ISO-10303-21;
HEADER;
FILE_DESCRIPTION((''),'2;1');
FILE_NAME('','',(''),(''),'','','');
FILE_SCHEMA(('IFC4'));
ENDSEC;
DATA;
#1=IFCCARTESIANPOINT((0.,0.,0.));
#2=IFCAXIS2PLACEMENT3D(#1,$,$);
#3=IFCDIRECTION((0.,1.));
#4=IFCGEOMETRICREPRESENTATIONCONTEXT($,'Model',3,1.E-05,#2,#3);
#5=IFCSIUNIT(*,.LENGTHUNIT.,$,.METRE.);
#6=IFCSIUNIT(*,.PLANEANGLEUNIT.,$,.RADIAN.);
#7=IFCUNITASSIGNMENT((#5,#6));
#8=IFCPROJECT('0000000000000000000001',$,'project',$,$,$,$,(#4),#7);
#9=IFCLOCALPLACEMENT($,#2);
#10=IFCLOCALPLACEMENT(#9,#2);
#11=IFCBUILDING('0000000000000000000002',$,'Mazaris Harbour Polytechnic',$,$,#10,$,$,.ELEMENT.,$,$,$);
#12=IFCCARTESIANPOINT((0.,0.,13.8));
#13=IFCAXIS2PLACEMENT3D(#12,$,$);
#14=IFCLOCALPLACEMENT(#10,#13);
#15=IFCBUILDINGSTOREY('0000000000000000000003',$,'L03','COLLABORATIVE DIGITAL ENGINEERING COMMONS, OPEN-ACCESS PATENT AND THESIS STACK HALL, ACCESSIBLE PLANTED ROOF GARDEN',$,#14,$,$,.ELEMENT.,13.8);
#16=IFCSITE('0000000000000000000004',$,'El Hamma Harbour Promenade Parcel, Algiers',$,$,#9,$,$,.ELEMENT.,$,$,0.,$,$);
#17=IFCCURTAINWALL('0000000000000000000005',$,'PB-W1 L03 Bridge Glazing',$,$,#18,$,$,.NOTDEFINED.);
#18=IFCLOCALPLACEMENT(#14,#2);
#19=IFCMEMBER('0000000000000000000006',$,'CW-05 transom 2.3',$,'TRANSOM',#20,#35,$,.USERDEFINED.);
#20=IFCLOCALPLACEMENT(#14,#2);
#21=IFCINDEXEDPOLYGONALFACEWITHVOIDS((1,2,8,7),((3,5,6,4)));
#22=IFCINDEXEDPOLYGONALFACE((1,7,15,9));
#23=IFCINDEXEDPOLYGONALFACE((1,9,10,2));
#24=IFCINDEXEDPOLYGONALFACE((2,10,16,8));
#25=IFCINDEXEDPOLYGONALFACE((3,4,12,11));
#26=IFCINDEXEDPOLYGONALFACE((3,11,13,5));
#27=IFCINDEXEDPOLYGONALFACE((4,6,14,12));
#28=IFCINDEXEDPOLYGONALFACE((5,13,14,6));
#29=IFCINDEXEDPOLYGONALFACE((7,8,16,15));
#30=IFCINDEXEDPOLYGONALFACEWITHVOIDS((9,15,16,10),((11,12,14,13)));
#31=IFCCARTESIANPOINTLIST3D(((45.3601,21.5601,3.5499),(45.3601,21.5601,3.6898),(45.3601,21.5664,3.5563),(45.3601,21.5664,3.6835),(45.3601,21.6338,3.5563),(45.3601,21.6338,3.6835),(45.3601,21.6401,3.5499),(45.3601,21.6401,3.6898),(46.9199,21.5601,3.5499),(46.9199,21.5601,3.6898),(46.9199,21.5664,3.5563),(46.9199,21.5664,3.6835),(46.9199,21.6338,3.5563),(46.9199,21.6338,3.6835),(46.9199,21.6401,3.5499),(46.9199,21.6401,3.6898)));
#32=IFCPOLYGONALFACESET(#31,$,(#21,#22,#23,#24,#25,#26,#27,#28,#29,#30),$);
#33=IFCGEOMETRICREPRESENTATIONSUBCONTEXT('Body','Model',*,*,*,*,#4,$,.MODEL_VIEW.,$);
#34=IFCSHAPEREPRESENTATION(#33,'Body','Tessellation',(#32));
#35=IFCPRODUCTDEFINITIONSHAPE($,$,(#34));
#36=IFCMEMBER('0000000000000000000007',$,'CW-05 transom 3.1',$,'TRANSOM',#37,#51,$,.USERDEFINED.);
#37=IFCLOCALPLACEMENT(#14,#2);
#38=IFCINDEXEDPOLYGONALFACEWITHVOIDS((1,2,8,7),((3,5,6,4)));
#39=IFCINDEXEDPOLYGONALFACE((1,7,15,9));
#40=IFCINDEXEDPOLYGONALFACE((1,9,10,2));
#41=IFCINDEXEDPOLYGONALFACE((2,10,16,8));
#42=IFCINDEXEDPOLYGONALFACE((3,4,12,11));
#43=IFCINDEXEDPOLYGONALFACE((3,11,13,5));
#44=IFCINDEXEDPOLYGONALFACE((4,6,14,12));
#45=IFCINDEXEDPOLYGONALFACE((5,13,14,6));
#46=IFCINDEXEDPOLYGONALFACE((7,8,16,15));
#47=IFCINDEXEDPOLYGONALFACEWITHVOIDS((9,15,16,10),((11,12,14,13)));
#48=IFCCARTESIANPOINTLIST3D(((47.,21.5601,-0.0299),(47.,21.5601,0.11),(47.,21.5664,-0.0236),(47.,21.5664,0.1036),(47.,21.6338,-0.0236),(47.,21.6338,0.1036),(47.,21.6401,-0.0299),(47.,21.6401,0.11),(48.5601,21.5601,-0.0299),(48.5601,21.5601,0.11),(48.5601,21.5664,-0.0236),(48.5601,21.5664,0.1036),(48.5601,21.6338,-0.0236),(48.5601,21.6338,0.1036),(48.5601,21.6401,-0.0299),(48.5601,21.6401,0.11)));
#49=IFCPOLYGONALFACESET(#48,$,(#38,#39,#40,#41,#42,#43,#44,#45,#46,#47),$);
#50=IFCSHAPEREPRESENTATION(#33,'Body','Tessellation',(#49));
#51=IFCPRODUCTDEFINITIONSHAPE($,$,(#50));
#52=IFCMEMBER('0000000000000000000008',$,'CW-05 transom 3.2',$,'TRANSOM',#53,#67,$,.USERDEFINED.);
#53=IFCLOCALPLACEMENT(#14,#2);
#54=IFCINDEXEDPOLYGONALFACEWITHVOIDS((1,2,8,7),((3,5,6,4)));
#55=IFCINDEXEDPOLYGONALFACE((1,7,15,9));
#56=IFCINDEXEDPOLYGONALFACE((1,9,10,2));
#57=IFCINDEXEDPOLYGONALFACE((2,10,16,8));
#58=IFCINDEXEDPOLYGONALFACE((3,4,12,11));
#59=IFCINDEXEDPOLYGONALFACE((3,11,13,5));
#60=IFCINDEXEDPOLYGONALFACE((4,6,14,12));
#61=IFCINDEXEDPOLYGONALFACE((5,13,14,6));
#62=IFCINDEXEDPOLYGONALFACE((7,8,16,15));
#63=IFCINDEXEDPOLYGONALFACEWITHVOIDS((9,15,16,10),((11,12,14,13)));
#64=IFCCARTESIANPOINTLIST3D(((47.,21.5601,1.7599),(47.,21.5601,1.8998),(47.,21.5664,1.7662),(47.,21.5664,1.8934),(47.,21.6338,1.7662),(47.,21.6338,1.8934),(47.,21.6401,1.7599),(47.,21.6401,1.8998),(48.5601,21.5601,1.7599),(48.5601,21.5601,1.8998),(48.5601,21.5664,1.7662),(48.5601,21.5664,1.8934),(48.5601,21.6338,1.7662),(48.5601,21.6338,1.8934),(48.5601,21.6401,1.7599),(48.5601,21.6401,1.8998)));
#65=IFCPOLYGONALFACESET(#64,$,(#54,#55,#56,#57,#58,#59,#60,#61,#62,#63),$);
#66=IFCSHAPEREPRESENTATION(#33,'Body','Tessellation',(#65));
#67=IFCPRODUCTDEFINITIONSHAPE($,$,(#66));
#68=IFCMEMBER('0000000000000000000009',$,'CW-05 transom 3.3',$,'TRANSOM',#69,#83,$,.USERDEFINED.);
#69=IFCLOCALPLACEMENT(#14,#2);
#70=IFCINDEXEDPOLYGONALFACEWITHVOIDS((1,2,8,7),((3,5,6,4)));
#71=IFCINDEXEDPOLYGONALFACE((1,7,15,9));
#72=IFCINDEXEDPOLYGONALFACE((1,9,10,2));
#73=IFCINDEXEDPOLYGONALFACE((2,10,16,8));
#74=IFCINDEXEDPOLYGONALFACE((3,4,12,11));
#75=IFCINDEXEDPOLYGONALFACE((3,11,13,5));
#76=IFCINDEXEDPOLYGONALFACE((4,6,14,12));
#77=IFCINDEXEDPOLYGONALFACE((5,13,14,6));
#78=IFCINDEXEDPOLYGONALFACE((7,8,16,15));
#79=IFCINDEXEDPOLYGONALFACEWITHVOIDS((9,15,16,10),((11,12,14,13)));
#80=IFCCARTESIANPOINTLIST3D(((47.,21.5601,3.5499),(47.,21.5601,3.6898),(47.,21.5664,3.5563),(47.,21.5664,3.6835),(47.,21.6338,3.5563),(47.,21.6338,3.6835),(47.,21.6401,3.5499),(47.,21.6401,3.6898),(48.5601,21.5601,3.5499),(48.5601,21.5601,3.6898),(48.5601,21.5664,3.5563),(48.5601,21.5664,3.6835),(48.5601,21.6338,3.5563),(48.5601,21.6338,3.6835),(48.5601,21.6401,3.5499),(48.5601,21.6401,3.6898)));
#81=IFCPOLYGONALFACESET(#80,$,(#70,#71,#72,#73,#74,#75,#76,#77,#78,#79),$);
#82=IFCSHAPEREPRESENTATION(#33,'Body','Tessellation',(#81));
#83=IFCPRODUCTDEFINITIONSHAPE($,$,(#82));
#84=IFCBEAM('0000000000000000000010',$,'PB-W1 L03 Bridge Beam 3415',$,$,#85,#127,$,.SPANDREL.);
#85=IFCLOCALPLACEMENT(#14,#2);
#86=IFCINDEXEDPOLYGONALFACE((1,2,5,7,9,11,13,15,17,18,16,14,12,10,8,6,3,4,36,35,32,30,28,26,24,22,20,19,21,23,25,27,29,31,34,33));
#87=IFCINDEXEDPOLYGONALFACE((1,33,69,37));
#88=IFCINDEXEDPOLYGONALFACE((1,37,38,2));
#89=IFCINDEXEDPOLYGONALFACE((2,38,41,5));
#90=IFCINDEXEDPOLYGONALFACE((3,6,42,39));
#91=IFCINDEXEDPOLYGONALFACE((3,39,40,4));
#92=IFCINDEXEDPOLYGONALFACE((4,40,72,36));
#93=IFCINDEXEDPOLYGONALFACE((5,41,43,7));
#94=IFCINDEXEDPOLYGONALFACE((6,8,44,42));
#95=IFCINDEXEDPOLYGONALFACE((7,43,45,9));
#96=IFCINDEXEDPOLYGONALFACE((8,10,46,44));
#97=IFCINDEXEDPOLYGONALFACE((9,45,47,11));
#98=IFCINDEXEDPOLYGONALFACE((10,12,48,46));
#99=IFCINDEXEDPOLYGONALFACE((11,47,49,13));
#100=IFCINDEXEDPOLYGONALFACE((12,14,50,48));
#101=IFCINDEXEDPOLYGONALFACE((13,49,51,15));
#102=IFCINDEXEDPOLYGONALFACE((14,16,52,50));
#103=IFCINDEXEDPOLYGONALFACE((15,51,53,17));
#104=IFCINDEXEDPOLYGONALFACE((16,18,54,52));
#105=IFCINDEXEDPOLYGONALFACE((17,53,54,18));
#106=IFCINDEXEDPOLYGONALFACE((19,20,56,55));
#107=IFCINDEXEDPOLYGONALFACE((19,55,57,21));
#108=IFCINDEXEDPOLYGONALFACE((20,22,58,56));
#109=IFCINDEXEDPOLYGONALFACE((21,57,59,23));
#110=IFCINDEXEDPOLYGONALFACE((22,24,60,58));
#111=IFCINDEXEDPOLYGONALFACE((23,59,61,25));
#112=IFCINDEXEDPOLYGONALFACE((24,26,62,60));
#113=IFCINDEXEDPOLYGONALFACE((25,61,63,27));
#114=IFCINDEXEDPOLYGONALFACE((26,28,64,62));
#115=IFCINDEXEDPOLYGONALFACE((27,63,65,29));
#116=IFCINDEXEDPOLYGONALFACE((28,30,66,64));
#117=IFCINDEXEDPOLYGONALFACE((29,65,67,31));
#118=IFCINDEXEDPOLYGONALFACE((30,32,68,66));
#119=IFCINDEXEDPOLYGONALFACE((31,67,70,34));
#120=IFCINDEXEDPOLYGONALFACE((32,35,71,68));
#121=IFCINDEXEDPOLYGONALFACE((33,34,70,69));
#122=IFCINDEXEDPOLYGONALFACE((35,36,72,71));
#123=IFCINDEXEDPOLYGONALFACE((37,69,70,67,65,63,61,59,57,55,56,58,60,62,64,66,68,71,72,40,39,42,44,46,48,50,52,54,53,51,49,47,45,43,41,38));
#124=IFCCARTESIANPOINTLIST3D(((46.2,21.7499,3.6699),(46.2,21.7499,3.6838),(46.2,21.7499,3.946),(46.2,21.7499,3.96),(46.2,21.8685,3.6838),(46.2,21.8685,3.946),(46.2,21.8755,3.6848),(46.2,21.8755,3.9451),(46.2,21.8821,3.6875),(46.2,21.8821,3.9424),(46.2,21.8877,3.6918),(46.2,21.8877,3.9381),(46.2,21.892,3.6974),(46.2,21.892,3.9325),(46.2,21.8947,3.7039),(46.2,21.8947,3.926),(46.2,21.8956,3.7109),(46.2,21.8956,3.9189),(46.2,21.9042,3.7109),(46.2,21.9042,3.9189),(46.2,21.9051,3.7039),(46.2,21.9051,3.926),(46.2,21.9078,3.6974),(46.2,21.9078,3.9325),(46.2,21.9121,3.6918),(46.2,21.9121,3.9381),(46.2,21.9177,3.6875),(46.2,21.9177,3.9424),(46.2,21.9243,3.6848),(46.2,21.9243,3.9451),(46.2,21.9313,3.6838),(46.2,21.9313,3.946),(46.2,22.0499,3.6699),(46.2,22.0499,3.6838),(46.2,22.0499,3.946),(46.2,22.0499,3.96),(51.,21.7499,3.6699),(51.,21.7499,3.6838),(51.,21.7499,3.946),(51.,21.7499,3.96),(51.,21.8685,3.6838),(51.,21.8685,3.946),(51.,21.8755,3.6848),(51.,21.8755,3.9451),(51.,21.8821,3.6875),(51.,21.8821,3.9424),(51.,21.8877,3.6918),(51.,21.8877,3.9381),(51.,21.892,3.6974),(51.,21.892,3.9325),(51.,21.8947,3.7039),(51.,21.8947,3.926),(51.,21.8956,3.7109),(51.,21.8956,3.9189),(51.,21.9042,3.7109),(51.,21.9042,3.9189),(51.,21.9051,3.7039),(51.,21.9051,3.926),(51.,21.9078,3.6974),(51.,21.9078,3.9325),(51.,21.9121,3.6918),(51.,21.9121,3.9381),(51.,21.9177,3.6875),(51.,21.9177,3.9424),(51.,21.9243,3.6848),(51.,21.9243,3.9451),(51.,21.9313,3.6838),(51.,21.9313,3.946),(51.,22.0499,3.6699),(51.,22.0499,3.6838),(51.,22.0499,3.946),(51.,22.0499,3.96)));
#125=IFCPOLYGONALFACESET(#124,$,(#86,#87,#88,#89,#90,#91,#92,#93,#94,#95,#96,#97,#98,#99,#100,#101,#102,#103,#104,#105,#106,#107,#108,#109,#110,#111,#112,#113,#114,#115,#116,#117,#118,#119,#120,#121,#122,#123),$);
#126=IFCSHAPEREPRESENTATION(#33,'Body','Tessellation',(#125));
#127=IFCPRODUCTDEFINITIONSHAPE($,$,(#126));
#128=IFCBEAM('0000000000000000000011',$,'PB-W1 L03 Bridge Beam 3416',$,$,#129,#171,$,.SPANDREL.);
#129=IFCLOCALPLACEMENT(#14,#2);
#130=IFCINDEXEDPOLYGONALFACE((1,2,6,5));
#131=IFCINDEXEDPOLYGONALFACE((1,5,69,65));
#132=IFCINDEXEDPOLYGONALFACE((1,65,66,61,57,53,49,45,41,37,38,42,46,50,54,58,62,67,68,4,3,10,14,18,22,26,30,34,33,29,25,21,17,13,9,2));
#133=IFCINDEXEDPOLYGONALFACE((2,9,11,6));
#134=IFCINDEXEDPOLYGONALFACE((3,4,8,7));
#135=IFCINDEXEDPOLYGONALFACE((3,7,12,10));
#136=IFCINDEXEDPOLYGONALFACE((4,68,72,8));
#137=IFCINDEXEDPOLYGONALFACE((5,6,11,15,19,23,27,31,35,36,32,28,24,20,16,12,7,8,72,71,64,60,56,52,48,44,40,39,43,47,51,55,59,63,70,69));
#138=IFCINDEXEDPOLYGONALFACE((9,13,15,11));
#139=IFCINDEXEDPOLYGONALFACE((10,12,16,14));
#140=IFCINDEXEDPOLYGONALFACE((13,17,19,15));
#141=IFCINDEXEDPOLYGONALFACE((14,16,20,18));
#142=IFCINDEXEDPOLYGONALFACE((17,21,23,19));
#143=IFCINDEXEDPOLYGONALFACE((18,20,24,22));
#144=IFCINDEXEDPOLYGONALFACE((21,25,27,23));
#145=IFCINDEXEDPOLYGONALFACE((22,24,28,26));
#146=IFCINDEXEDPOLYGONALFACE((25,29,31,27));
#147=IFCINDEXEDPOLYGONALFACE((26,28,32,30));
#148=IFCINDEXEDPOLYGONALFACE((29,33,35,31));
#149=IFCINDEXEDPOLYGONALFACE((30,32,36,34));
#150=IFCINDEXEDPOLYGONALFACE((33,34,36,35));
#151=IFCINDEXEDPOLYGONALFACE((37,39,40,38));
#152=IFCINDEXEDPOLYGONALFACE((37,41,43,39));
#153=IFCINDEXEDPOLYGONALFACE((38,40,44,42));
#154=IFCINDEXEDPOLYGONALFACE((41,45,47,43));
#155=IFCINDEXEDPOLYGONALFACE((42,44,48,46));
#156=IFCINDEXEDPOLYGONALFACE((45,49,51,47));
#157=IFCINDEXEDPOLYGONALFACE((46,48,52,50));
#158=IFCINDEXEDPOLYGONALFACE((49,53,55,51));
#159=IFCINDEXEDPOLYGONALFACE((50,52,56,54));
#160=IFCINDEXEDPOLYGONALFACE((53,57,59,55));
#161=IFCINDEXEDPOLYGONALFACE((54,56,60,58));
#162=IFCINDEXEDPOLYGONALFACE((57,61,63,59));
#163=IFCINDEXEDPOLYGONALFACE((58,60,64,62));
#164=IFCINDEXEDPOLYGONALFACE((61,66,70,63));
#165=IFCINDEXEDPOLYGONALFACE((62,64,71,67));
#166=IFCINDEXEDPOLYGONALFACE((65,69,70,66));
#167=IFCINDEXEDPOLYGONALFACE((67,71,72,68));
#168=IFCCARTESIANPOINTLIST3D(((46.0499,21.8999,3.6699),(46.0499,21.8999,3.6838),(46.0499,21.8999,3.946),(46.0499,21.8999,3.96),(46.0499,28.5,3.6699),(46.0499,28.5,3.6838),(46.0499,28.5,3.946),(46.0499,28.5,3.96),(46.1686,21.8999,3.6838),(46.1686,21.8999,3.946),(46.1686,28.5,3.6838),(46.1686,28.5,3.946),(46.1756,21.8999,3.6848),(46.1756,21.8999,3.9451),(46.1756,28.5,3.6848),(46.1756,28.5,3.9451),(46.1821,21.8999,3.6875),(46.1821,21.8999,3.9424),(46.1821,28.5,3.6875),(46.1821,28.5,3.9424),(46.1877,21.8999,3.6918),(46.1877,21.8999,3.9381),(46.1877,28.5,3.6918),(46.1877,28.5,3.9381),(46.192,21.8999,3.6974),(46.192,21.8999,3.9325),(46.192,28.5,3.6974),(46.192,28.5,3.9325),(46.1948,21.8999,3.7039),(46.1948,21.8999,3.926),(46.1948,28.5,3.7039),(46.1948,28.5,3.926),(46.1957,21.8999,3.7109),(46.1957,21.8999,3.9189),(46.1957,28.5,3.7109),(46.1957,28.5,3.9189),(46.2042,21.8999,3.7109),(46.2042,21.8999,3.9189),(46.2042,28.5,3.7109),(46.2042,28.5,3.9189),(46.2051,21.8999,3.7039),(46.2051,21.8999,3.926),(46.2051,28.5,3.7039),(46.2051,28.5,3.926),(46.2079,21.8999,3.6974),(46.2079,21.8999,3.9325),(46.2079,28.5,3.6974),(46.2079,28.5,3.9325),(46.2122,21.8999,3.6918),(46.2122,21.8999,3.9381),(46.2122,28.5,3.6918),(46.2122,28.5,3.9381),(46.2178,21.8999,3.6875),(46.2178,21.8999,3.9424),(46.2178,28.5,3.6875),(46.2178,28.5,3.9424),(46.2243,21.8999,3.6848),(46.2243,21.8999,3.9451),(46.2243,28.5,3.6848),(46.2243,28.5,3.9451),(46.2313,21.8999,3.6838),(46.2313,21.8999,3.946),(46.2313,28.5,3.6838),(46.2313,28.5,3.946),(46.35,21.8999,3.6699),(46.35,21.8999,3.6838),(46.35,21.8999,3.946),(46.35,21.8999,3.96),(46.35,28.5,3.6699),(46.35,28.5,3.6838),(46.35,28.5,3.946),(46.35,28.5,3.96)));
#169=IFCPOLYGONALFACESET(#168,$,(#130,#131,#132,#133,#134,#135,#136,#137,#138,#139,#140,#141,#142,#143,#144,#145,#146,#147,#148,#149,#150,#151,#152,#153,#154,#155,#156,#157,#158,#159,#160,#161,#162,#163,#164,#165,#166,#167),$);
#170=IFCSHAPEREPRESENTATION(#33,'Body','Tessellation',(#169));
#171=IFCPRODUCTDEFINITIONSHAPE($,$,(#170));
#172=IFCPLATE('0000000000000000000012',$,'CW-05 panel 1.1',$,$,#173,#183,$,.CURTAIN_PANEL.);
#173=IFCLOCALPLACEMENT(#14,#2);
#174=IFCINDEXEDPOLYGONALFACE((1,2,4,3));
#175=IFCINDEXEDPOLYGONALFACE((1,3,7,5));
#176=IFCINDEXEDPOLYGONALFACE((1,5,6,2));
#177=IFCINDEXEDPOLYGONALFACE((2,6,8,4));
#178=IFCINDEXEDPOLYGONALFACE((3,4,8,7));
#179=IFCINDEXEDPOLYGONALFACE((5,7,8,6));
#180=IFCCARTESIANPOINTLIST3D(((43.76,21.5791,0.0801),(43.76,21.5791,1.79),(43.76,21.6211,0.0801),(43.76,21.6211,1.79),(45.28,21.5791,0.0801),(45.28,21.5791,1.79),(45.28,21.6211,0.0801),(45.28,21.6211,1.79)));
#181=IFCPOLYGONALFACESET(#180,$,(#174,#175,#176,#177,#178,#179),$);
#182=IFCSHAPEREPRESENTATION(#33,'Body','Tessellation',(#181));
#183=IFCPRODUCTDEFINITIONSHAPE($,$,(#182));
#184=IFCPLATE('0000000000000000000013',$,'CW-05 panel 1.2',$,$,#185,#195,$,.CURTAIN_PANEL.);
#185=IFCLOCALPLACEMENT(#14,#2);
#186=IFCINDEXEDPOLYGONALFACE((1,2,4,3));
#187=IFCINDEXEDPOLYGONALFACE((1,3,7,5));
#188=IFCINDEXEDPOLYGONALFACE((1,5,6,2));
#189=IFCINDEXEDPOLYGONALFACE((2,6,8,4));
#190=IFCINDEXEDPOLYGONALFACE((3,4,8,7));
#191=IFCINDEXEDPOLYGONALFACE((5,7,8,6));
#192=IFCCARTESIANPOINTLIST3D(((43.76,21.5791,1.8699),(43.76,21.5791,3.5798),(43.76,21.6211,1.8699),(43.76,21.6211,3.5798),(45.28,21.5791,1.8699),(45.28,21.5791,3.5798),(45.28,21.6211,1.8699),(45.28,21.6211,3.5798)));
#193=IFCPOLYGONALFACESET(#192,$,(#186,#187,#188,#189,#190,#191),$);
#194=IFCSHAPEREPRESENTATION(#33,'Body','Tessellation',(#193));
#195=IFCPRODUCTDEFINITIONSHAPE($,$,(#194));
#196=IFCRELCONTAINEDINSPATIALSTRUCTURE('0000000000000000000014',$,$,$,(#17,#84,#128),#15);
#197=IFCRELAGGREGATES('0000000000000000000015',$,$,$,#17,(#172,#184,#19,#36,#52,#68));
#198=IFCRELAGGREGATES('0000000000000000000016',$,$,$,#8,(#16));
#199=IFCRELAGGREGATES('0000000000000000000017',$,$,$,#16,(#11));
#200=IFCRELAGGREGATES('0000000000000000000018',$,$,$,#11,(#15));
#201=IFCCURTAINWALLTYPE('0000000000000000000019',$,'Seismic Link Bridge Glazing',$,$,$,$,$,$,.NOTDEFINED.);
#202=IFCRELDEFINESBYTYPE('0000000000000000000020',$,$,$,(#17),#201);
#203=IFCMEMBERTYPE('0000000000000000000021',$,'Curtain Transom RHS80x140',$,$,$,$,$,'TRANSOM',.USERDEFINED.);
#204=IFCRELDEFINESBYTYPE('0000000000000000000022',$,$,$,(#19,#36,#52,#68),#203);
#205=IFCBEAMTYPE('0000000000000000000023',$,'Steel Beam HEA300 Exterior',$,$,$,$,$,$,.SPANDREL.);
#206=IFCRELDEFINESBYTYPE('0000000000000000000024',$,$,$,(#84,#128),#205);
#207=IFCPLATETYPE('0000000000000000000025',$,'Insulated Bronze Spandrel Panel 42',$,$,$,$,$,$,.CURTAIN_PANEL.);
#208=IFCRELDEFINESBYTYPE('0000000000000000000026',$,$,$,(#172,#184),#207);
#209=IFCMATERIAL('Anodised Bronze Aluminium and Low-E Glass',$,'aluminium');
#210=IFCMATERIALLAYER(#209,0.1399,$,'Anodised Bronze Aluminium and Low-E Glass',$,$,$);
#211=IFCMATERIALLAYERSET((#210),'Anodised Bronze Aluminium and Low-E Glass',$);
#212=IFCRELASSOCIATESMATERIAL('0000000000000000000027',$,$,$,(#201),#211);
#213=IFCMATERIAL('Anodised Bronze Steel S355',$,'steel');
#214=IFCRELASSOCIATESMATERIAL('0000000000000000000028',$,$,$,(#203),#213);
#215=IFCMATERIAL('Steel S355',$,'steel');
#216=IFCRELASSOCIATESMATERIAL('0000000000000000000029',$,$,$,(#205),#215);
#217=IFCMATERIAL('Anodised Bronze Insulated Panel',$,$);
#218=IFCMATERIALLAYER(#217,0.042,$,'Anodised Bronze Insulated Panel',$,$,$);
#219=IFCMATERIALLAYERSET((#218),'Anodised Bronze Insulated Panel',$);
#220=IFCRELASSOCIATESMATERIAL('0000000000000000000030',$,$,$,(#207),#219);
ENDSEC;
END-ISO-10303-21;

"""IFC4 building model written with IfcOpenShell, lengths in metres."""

from ifc_helpers import new_model, si_unit, direction, frame, origin, origin_2d, place, context, subcontext, project, spatial, rectangle, hollow_rectangle, i_section, extrude, material, layer, layer_set, material_profile, profile_set, type_object, element, aggregate, save


model = new_model("IFC4")

# Units and contexts
model_context = context("Model", 3, precision=1e-05, world=origin(), true_north=direction((0.0, 1.0)))
body_context = subcontext(model_context, "Body", "Model", "MODEL_VIEW")
ifc_project = project(units=[si_unit("LENGTHUNIT", "METRE"), si_unit("PLANEANGLEUNIT", "RADIAN")], contexts=[model_context])

# Site, building, storey
site_placement = place(None, origin())
site = spatial("IfcSite", under=ifc_project, at=site_placement, Name="El Hamma Harbour Promenade Parcel, Algiers", CompositionType="ELEMENT", RefElevation=0.0)
building_placement = place(site_placement, origin())
building = spatial("IfcBuilding", under=site, at=building_placement, Name="Mazaris Harbour Polytechnic", CompositionType="ELEMENT")
storey_placement = place(building_placement, frame((0.0, 0.0, 13.8)))
storey = spatial("IfcBuildingStorey", under=building, at=storey_placement, Name="L03", Description="COLLABORATIVE DIGITAL ENGINEERING COMMONS, OPEN-ACCESS PATENT AND THESIS STACK HALL, ACCESSIBLE PLANTED ROOF GARDEN", CompositionType="ELEMENT", Elevation=13.8)

# Curtain wall, members
ifc_material_1 = material(Name="Anodised Bronze Aluminium and Low-E Glass", Category="aluminium")
ifc_layer_1 = layer(ifc_material_1, 0.1399, Name="Anodised Bronze Aluminium and Low-E Glass")
ifc_layer_set_1 = layer_set([ifc_layer_1], Name="Anodised Bronze Aluminium and Low-E Glass")
curtain_wall_type = type_object("IfcCurtainWallType", Name="Seismic Link Bridge Glazing", PredefinedType="NOTDEFINED", material=ifc_layer_set_1)
curtain_wall_placement = place(storey_placement, origin())
curtain_wall = element("IfcCurtainWall", 1, at=curtain_wall_placement, inside=storey, type_object=curtain_wall_type, Name="PB-W1 L03 Bridge Glazing", PredefinedType="NOTDEFINED")
ifc_material_2 = material(Name="Anodised Bronze Steel S355", Category="steel")
ifc_material_profile_1 = material_profile(ifc_material_2, hollow_rectangle(XDim=0.0801, YDim=0.1399, WallThickness=0.0063, at=origin_2d()), Name="RHS 80x140x6.3")
ifc_profile_set_1 = profile_set([ifc_material_profile_1], Name="Anodised Bronze Steel S355")
member_type_1 = type_object("IfcMemberType", Name="Curtain Transom RHS80x140", ElementType="TRANSOM", PredefinedType="USERDEFINED", material=ifc_profile_set_1)
member_1_placement = place(storey_placement, frame((45.3601, 21.6001, 3.6199), z_axis=(1.0, 0.0, 0.0), x_axis=(0.0, 1.0, 0.0)))
member_1 = element("IfcMember", 2, at=member_1_placement, type_object=member_type_1, Name="CW-05 transom 2.3", ObjectType="TRANSOM", PredefinedType="USERDEFINED", context=body_context, shape_type="SweptSolid", body=[
    extrude(hollow_rectangle(XDim=0.0801, YDim=0.1399, WallThickness=0.0063, at=origin_2d()), origin(), (0.0, 0.0, 1.0), 1.5598),
])
member_2_placement = place(storey_placement, frame((47.0, 21.6001, 0.04), z_axis=(1.0, 0.0, 0.0), x_axis=(0.0, 1.0, 0.0)))
member_2 = element("IfcMember", 3, at=member_2_placement, type_object=member_type_1, Name="CW-05 transom 3.1", ObjectType="TRANSOM", PredefinedType="USERDEFINED", context=body_context, shape_type="SweptSolid", body=[
    extrude(hollow_rectangle(XDim=0.0801, YDim=0.1399, WallThickness=0.0063, at=origin_2d()), origin(), (0.0, 0.0, 1.0), 1.5601),
])
member_3_placement = place(storey_placement, frame((47.0, 21.6001, 1.8298), z_axis=(1.0, 0.0, 0.0), x_axis=(0.0, 1.0, 0.0)))
member_3 = element("IfcMember", 4, at=member_3_placement, type_object=member_type_1, Name="CW-05 transom 3.2", ObjectType="TRANSOM", PredefinedType="USERDEFINED", context=body_context, shape_type="SweptSolid", body=[
    extrude(hollow_rectangle(XDim=0.0801, YDim=0.1399, WallThickness=0.0063, at=origin_2d()), origin(), (0.0, 0.0, 1.0), 1.5601),
])
member_4_placement = place(storey_placement, frame((47.0, 21.6001, 3.6199), z_axis=(1.0, 0.0, 0.0), x_axis=(0.0, 1.0, 0.0)))
member_4 = element("IfcMember", 5, at=member_4_placement, type_object=member_type_1, Name="CW-05 transom 3.3", ObjectType="TRANSOM", PredefinedType="USERDEFINED", context=body_context, shape_type="SweptSolid", body=[
    extrude(hollow_rectangle(XDim=0.0801, YDim=0.1399, WallThickness=0.0063, at=origin_2d()), origin(), (0.0, 0.0, 1.0), 1.5601),
])

# Beams
ifc_material_3 = material(Name="Steel S355", Category="steel")
ifc_material_profile_2 = material_profile(ifc_material_3, i_section(OverallWidth=0.3, OverallDepth=0.29, WebThickness=0.0085, FlangeThickness=0.0139, FilletRadius=0.0271, at=origin_2d()), Name="HEA 300")
ifc_profile_set_2 = profile_set([ifc_material_profile_2], Name="Steel S355")
beam_type = type_object("IfcBeamType", Name="Steel Beam HEA300 Exterior", PredefinedType="SPANDREL", material=ifc_profile_set_2)
beam_1_placement = place(storey_placement, frame((46.2, 21.8999, 3.8149), z_axis=(1.0, 0.0, 0.0), x_axis=(0.0, 1.0, 0.0)))
element("IfcBeam", 6, at=beam_1_placement, inside=storey, type_object=beam_type, Name="PB-W1 L03 Bridge Beam 3415", PredefinedType="SPANDREL", context=body_context, shape_type="SweptSolid", body=[
    extrude(i_section(OverallWidth=0.3, OverallDepth=0.29, WebThickness=0.0085, FlangeThickness=0.0139, FilletRadius=0.0271, at=origin_2d()), origin(), (0.0, 0.0, 1.0), 4.8),
])
beam_2_placement = place(storey_placement, frame((46.2, 21.8999, 3.8149), z_axis=(0.0, 1.0, 0.0), x_axis=(-1.0, 0.0, 0.0)))
element("IfcBeam", 7, at=beam_2_placement, inside=storey, type_object=beam_type, Name="PB-W1 L03 Bridge Beam 3416", PredefinedType="SPANDREL", context=body_context, shape_type="SweptSolid", body=[
    extrude(i_section(OverallWidth=0.3, OverallDepth=0.29, WebThickness=0.0085, FlangeThickness=0.0139, FilletRadius=0.0271, at=origin_2d()), origin(), (0.0, 0.0, 1.0), 6.6001),
])

# Plates
ifc_material_4 = material(Name="Anodised Bronze Insulated Panel")
ifc_layer_2 = layer(ifc_material_4, 0.042, Name="Anodised Bronze Insulated Panel")
ifc_layer_set_2 = layer_set([ifc_layer_2], Name="Anodised Bronze Insulated Panel")
plate_type = type_object("IfcPlateType", Name="Insulated Bronze Spandrel Panel 42", PredefinedType="CURTAIN_PANEL", material=ifc_layer_set_2)
plate_1_placement = place(storey_placement, frame((44.52, 21.6001, 0.0801), z_axis=(0.0, 0.0, 1.0), x_axis=(1.0, 0.0, 0.0)))
plate_1 = element("IfcPlate", 8, at=plate_1_placement, type_object=plate_type, Name="CW-05 panel 1.1", PredefinedType="CURTAIN_PANEL", context=body_context, shape_type="SweptSolid", body=[
    extrude(rectangle(XDim=1.52, YDim=0.042, at=origin_2d()), origin(), (0.0, 0.0, 1.0), 1.71),
])
plate_2_placement = place(storey_placement, frame((44.52, 21.6001, 1.8699), z_axis=(0.0, 0.0, 1.0), x_axis=(1.0, 0.0, 0.0)))
plate_2 = element("IfcPlate", 9, at=plate_2_placement, type_object=plate_type, Name="CW-05 panel 1.2", PredefinedType="CURTAIN_PANEL", context=body_context, shape_type="SweptSolid", body=[
    extrude(rectangle(XDim=1.52, YDim=0.042, at=origin_2d()), origin(), (0.0, 0.0, 1.0), 1.71),
])
aggregate(curtain_wall, [plate_1, plate_2, member_1, member_2, member_3, member_4])

save(model, "model.ifc")
